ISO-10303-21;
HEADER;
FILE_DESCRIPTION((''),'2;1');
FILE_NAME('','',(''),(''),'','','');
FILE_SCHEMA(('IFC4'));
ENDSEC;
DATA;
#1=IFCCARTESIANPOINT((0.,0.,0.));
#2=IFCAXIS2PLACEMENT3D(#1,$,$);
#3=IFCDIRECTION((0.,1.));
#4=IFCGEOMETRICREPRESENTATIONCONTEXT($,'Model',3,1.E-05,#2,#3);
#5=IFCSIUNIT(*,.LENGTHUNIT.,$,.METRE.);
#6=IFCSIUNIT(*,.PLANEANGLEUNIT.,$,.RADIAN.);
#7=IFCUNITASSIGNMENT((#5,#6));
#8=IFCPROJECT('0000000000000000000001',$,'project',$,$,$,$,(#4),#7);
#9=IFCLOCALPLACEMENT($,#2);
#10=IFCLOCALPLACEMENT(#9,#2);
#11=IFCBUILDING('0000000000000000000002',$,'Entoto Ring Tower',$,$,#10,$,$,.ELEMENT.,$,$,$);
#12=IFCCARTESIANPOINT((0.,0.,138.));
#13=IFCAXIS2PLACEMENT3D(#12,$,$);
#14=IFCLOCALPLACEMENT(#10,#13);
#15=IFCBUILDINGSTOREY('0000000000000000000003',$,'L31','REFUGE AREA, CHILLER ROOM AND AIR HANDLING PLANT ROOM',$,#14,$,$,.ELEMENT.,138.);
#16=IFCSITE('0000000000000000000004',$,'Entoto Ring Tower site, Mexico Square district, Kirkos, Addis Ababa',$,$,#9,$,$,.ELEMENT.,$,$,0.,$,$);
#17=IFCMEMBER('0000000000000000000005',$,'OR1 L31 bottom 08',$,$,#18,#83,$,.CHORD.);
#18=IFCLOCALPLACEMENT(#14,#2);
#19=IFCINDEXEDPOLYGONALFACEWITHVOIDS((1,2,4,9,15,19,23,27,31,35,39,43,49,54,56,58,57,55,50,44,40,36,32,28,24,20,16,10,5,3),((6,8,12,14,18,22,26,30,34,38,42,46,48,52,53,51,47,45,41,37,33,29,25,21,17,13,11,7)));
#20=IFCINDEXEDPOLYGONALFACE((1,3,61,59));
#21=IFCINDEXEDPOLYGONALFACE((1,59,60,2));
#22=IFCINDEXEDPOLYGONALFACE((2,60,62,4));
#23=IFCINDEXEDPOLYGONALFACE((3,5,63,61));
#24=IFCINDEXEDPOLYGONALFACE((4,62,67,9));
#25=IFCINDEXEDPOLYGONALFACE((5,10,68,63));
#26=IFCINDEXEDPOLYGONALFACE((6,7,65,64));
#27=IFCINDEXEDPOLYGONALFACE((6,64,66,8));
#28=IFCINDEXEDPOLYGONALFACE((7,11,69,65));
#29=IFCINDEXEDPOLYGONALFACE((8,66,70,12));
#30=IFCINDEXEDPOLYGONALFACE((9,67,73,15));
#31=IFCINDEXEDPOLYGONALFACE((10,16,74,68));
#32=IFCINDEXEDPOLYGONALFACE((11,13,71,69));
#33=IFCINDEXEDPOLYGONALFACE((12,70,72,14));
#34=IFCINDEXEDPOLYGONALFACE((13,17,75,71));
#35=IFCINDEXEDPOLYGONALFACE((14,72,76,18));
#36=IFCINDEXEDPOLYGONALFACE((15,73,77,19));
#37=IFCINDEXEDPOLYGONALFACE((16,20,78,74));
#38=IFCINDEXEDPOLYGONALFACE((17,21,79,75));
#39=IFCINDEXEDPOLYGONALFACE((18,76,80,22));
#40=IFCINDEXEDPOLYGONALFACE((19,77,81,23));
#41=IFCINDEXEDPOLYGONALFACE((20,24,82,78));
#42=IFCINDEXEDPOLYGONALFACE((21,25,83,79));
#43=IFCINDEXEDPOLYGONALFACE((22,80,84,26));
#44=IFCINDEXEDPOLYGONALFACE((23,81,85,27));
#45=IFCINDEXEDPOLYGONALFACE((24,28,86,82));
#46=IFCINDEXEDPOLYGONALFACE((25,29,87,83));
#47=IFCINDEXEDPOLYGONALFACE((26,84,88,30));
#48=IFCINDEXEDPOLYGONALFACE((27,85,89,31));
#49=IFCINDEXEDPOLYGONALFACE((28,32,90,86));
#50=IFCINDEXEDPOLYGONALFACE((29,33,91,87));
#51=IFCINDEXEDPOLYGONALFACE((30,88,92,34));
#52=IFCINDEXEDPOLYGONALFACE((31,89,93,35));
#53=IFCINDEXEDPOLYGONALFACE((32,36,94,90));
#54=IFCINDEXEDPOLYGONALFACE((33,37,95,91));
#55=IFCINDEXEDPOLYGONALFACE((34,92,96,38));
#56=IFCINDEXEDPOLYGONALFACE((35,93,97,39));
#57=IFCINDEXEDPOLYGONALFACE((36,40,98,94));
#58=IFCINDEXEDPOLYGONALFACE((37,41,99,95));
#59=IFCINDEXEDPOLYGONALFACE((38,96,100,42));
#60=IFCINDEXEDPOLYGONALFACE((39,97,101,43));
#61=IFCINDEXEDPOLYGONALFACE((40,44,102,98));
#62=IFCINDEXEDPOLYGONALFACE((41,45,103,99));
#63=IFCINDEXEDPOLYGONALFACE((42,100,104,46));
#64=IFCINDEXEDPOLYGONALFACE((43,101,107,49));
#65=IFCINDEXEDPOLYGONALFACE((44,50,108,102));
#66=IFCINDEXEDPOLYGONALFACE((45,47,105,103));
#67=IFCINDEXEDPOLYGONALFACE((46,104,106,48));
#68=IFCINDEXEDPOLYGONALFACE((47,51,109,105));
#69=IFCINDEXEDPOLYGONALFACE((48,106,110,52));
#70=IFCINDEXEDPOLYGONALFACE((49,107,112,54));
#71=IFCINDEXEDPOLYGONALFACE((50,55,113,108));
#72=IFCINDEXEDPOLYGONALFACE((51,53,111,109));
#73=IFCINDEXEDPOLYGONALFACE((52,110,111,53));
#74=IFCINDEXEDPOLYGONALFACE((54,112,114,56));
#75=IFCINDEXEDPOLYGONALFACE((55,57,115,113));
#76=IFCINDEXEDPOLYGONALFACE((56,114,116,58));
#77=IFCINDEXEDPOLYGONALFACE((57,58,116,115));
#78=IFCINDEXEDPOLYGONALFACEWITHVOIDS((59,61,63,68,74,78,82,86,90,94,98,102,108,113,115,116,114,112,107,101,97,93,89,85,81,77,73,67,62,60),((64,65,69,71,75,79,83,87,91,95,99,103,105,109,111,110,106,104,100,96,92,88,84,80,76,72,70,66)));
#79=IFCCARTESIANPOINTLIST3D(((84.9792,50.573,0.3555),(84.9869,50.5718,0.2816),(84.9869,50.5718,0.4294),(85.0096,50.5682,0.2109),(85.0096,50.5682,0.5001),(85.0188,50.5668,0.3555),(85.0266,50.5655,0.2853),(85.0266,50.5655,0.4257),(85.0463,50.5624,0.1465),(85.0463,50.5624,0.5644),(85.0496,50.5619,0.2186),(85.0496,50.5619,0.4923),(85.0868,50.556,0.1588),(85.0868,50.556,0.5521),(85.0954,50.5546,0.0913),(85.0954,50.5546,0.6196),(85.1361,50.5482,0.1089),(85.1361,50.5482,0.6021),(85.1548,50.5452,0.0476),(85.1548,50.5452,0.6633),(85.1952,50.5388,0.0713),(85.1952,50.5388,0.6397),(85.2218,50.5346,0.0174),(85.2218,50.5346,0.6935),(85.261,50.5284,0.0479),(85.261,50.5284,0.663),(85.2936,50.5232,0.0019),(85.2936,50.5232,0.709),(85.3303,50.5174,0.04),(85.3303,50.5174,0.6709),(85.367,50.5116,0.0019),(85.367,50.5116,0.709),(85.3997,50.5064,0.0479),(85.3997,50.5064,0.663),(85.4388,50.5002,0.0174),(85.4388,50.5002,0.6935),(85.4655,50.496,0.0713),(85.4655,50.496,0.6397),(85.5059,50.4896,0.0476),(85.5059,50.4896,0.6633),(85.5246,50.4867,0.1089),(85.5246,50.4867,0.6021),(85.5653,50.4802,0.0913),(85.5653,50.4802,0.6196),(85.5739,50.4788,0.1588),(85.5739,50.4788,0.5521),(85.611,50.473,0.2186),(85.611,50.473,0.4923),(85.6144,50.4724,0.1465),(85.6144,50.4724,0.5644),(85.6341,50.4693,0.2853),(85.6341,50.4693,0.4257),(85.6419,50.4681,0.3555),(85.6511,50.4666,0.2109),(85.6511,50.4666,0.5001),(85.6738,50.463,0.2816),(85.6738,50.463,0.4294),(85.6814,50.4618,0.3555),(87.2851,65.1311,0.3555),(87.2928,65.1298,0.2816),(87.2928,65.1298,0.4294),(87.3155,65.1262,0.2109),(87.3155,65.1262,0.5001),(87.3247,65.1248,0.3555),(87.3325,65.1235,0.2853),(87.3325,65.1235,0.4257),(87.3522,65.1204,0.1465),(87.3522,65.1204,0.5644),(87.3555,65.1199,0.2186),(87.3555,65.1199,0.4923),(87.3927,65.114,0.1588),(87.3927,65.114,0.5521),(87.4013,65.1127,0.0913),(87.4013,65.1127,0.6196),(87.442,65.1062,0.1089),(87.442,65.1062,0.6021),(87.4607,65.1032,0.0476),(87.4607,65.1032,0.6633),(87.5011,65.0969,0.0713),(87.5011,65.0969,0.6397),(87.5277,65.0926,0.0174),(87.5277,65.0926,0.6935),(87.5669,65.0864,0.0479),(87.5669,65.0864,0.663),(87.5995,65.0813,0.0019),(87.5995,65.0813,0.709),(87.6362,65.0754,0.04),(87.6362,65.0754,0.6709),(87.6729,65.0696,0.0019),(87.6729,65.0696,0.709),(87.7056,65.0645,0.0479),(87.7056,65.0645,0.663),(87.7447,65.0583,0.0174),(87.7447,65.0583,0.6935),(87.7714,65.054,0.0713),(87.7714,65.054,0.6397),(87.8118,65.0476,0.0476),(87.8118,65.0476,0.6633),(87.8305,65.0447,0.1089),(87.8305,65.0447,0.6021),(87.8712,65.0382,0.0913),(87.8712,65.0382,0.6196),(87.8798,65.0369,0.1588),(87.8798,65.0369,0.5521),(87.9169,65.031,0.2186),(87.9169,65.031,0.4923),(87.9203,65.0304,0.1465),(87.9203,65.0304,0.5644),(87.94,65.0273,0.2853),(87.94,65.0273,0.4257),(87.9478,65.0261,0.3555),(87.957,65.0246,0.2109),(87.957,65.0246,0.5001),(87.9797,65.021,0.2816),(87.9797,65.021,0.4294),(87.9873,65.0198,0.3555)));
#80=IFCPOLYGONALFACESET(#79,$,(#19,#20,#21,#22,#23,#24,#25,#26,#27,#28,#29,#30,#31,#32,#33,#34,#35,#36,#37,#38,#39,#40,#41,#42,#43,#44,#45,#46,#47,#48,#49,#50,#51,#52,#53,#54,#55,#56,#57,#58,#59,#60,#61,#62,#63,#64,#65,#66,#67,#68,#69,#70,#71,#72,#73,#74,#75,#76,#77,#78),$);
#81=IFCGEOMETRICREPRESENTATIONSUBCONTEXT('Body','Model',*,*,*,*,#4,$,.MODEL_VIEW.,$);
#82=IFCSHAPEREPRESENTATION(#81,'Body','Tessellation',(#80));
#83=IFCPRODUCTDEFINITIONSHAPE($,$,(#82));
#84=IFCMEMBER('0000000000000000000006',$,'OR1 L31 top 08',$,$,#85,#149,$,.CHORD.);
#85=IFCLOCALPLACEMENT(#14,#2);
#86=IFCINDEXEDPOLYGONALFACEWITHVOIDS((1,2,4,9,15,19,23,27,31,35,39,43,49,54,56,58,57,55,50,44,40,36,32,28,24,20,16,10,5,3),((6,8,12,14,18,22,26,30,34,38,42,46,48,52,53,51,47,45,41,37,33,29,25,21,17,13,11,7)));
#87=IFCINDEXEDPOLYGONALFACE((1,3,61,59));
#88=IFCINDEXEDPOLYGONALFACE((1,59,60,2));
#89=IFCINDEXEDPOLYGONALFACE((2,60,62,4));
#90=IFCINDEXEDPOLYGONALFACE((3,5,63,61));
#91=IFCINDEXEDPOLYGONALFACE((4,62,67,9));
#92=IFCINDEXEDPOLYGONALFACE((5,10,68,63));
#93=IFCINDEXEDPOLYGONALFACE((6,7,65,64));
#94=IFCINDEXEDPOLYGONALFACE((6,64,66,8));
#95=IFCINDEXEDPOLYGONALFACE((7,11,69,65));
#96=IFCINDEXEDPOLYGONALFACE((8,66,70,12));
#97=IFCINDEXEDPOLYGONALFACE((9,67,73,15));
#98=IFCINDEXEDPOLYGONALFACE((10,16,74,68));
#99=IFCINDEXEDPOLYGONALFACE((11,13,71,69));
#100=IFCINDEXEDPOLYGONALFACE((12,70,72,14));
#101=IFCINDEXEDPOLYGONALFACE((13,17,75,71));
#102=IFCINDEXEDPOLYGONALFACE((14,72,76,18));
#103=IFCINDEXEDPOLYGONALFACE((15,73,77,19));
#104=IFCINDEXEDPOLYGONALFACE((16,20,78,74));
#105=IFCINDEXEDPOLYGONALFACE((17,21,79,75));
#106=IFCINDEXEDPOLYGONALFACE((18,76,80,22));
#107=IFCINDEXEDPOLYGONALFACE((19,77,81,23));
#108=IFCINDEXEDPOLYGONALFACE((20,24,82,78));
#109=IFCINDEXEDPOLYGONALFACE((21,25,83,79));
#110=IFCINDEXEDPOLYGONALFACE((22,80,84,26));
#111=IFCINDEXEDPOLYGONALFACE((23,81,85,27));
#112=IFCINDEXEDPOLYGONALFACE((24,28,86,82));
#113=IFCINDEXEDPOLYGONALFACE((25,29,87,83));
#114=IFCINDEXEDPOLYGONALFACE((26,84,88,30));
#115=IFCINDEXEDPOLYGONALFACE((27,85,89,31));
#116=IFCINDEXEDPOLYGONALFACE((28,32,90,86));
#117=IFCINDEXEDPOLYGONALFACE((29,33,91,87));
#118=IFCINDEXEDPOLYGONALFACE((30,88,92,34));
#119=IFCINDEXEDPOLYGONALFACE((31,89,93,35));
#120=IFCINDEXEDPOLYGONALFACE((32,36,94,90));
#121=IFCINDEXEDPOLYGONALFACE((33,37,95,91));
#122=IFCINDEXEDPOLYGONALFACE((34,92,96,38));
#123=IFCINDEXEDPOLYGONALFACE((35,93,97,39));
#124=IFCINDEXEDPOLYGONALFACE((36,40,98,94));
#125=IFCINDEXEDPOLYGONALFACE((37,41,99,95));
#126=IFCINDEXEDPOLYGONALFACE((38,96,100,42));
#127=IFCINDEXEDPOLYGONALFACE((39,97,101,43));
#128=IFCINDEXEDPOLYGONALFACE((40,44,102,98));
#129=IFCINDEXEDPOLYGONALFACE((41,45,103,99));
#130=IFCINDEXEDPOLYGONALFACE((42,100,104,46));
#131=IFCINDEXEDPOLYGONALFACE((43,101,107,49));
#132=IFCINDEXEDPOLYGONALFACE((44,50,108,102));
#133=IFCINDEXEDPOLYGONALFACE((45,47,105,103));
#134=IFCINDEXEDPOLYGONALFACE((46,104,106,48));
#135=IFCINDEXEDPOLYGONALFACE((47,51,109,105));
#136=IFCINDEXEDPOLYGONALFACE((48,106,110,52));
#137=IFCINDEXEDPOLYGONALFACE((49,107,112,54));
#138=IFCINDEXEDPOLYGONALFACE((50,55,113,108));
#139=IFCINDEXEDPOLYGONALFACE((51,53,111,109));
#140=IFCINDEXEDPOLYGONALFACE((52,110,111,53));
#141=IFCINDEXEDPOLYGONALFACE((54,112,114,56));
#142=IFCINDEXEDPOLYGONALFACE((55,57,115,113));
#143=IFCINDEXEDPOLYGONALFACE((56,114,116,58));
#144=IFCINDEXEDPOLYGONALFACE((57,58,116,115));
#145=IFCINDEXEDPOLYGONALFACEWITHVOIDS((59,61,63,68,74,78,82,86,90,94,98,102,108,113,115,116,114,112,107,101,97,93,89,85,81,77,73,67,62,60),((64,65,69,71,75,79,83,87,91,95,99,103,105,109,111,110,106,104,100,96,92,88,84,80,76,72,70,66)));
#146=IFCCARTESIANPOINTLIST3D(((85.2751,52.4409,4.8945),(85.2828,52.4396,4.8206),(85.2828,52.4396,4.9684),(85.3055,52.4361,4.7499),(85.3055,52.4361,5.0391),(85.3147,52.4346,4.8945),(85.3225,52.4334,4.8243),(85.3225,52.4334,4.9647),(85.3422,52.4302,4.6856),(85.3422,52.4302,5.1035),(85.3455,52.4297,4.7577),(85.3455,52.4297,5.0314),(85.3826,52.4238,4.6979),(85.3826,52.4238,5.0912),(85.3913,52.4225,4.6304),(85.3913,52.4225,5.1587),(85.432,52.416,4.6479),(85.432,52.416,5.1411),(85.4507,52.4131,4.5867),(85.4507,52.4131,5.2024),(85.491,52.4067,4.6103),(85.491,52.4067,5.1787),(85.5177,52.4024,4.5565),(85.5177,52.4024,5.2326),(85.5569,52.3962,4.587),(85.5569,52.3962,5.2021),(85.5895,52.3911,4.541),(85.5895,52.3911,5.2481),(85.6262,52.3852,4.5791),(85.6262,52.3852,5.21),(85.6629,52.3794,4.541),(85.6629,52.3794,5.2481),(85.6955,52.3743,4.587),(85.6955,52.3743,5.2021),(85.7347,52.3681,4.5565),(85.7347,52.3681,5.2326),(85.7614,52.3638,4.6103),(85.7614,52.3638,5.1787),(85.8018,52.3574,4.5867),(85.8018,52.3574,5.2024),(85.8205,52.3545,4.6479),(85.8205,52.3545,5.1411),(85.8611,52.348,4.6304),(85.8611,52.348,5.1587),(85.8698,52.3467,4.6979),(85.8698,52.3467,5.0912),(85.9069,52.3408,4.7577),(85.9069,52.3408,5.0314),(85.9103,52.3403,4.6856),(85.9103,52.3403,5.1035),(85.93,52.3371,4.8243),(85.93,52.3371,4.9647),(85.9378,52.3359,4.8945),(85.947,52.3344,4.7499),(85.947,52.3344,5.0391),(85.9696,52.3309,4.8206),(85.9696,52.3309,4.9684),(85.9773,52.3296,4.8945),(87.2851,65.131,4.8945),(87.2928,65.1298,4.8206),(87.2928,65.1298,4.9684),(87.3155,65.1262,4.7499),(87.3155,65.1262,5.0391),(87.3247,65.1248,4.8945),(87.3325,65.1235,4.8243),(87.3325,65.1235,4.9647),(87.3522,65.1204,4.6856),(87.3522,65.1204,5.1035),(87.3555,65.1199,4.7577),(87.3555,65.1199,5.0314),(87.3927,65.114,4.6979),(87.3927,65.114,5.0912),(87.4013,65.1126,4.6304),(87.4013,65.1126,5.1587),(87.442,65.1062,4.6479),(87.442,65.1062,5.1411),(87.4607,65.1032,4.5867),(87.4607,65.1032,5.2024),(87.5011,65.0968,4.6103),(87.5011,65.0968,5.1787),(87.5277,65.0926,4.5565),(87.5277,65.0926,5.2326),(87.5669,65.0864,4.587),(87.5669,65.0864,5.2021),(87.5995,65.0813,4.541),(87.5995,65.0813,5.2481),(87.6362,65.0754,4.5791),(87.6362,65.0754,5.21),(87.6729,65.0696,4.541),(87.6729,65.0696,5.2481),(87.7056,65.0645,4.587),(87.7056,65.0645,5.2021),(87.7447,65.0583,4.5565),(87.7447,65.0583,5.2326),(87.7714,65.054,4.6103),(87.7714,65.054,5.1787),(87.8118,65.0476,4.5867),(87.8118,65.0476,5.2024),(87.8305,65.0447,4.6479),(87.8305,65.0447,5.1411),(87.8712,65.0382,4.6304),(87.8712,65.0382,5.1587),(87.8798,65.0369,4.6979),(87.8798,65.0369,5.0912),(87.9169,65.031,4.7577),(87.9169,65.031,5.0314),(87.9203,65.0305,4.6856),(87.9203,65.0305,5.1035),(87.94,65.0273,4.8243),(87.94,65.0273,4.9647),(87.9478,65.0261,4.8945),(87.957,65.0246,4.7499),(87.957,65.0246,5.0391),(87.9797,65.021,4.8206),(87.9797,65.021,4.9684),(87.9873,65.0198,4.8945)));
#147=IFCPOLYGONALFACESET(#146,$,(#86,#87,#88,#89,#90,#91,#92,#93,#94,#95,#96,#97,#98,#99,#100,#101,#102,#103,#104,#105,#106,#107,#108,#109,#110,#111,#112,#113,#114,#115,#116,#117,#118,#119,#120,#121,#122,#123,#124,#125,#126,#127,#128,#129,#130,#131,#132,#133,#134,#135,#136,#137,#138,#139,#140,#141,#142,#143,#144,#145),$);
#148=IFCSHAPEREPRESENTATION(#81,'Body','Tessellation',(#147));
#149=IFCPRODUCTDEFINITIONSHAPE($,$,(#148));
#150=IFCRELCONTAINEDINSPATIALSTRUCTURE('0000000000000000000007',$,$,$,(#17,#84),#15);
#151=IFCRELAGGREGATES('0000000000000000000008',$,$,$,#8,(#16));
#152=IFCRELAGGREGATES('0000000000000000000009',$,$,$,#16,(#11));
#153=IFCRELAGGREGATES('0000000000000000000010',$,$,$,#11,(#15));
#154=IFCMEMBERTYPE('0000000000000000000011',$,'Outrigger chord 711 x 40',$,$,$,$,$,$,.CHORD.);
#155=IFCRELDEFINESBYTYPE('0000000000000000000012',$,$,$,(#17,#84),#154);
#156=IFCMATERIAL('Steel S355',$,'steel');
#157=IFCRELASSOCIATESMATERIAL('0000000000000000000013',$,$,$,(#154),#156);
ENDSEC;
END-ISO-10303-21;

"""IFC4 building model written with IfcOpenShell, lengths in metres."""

from ifc_helpers import new_model, si_unit, direction, frame, origin, origin_2d, place, context, subcontext, project, spatial, circle, hollow_circle, extrude, material, material_profile, profile_set, type_object, element, save


model = new_model("IFC4")

# Units and contexts
model_context = context("Model", 3, precision=1e-05, world=origin(), true_north=direction((0.0, 1.0)))
body_context = subcontext(model_context, "Body", "Model", "MODEL_VIEW")
ifc_project = project(units=[si_unit("LENGTHUNIT", "METRE"), si_unit("PLANEANGLEUNIT", "RADIAN")], contexts=[model_context])

# Site, building, storey
site_placement = place(None, origin())
site = spatial("IfcSite", under=ifc_project, at=site_placement, Name="Entoto Ring Tower site, Mexico Square district, Kirkos, Addis Ababa", CompositionType="ELEMENT", RefElevation=0.0)
building_placement = place(site_placement, origin())
building = spatial("IfcBuilding", under=site, at=building_placement, Name="Entoto Ring Tower", CompositionType="ELEMENT")
storey_placement = place(building_placement, frame((0.0, 0.0, 138.0)))
storey = spatial("IfcBuildingStorey", under=building, at=storey_placement, Name="L31", Description="REFUGE AREA, CHILLER ROOM AND AIR HANDLING PLANT ROOM", CompositionType="ELEMENT", Elevation=138.0)

# Members
ifc_material_1 = material(Name="Steel S355", Category="steel")
ifc_material_profile_1 = material_profile(ifc_material_1, hollow_circle(Radius=0.3555, WallThickness=0.04, at=origin_2d()), Name="CHS 711 x 40")
ifc_material_2 = material(Name="Concrete C60/75", Category="concrete")
ifc_material_profile_2 = material_profile(ifc_material_2, circle(Radius=0.3154, at=origin_2d()), Name="Concrete C60/75 infill")
ifc_profile_set_1 = profile_set([ifc_material_profile_1, ifc_material_profile_2], Name="Steel S355")
member_type_1 = type_object("IfcMemberType", Name="Outrigger chord 711 x 40", PredefinedType="CHORD", material=ifc_profile_set_1)
member_1_placement = place(storey_placement, frame((87.6362, 65.0754, 0.3555), z_axis=(-0.156443, -0.987687, 0.0), x_axis=(0.987687, -0.156443, 0.0)))
element("IfcMember", 1, at=member_1_placement, inside=storey, type_object=member_type_1, Name="OR1 L31 bottom 08", PredefinedType="CHORD", context=body_context, shape_type="SweptSolid", body=[
    extrude(hollow_circle(Radius=0.3555, WallThickness=0.04, at=origin_2d()), origin(), (0.0, 0.0, 1.0), 14.7395),
])
member_2_placement = place(storey_placement, frame((87.6362, 65.0754, 4.8945), z_axis=(-0.156441, -0.987687, 0.0), x_axis=(0.987687, -0.156441, 0.0)))
element("IfcMember", 2, at=member_2_placement, inside=storey, type_object=member_type_1, Name="OR1 L31 top 08", PredefinedType="CHORD", context=body_context, shape_type="SweptSolid", body=[
    extrude(hollow_circle(Radius=0.3555, WallThickness=0.04, at=origin_2d()), origin(), (0.0, 0.0, 1.0), 12.8484),
])

save(model, "model.ifc")
